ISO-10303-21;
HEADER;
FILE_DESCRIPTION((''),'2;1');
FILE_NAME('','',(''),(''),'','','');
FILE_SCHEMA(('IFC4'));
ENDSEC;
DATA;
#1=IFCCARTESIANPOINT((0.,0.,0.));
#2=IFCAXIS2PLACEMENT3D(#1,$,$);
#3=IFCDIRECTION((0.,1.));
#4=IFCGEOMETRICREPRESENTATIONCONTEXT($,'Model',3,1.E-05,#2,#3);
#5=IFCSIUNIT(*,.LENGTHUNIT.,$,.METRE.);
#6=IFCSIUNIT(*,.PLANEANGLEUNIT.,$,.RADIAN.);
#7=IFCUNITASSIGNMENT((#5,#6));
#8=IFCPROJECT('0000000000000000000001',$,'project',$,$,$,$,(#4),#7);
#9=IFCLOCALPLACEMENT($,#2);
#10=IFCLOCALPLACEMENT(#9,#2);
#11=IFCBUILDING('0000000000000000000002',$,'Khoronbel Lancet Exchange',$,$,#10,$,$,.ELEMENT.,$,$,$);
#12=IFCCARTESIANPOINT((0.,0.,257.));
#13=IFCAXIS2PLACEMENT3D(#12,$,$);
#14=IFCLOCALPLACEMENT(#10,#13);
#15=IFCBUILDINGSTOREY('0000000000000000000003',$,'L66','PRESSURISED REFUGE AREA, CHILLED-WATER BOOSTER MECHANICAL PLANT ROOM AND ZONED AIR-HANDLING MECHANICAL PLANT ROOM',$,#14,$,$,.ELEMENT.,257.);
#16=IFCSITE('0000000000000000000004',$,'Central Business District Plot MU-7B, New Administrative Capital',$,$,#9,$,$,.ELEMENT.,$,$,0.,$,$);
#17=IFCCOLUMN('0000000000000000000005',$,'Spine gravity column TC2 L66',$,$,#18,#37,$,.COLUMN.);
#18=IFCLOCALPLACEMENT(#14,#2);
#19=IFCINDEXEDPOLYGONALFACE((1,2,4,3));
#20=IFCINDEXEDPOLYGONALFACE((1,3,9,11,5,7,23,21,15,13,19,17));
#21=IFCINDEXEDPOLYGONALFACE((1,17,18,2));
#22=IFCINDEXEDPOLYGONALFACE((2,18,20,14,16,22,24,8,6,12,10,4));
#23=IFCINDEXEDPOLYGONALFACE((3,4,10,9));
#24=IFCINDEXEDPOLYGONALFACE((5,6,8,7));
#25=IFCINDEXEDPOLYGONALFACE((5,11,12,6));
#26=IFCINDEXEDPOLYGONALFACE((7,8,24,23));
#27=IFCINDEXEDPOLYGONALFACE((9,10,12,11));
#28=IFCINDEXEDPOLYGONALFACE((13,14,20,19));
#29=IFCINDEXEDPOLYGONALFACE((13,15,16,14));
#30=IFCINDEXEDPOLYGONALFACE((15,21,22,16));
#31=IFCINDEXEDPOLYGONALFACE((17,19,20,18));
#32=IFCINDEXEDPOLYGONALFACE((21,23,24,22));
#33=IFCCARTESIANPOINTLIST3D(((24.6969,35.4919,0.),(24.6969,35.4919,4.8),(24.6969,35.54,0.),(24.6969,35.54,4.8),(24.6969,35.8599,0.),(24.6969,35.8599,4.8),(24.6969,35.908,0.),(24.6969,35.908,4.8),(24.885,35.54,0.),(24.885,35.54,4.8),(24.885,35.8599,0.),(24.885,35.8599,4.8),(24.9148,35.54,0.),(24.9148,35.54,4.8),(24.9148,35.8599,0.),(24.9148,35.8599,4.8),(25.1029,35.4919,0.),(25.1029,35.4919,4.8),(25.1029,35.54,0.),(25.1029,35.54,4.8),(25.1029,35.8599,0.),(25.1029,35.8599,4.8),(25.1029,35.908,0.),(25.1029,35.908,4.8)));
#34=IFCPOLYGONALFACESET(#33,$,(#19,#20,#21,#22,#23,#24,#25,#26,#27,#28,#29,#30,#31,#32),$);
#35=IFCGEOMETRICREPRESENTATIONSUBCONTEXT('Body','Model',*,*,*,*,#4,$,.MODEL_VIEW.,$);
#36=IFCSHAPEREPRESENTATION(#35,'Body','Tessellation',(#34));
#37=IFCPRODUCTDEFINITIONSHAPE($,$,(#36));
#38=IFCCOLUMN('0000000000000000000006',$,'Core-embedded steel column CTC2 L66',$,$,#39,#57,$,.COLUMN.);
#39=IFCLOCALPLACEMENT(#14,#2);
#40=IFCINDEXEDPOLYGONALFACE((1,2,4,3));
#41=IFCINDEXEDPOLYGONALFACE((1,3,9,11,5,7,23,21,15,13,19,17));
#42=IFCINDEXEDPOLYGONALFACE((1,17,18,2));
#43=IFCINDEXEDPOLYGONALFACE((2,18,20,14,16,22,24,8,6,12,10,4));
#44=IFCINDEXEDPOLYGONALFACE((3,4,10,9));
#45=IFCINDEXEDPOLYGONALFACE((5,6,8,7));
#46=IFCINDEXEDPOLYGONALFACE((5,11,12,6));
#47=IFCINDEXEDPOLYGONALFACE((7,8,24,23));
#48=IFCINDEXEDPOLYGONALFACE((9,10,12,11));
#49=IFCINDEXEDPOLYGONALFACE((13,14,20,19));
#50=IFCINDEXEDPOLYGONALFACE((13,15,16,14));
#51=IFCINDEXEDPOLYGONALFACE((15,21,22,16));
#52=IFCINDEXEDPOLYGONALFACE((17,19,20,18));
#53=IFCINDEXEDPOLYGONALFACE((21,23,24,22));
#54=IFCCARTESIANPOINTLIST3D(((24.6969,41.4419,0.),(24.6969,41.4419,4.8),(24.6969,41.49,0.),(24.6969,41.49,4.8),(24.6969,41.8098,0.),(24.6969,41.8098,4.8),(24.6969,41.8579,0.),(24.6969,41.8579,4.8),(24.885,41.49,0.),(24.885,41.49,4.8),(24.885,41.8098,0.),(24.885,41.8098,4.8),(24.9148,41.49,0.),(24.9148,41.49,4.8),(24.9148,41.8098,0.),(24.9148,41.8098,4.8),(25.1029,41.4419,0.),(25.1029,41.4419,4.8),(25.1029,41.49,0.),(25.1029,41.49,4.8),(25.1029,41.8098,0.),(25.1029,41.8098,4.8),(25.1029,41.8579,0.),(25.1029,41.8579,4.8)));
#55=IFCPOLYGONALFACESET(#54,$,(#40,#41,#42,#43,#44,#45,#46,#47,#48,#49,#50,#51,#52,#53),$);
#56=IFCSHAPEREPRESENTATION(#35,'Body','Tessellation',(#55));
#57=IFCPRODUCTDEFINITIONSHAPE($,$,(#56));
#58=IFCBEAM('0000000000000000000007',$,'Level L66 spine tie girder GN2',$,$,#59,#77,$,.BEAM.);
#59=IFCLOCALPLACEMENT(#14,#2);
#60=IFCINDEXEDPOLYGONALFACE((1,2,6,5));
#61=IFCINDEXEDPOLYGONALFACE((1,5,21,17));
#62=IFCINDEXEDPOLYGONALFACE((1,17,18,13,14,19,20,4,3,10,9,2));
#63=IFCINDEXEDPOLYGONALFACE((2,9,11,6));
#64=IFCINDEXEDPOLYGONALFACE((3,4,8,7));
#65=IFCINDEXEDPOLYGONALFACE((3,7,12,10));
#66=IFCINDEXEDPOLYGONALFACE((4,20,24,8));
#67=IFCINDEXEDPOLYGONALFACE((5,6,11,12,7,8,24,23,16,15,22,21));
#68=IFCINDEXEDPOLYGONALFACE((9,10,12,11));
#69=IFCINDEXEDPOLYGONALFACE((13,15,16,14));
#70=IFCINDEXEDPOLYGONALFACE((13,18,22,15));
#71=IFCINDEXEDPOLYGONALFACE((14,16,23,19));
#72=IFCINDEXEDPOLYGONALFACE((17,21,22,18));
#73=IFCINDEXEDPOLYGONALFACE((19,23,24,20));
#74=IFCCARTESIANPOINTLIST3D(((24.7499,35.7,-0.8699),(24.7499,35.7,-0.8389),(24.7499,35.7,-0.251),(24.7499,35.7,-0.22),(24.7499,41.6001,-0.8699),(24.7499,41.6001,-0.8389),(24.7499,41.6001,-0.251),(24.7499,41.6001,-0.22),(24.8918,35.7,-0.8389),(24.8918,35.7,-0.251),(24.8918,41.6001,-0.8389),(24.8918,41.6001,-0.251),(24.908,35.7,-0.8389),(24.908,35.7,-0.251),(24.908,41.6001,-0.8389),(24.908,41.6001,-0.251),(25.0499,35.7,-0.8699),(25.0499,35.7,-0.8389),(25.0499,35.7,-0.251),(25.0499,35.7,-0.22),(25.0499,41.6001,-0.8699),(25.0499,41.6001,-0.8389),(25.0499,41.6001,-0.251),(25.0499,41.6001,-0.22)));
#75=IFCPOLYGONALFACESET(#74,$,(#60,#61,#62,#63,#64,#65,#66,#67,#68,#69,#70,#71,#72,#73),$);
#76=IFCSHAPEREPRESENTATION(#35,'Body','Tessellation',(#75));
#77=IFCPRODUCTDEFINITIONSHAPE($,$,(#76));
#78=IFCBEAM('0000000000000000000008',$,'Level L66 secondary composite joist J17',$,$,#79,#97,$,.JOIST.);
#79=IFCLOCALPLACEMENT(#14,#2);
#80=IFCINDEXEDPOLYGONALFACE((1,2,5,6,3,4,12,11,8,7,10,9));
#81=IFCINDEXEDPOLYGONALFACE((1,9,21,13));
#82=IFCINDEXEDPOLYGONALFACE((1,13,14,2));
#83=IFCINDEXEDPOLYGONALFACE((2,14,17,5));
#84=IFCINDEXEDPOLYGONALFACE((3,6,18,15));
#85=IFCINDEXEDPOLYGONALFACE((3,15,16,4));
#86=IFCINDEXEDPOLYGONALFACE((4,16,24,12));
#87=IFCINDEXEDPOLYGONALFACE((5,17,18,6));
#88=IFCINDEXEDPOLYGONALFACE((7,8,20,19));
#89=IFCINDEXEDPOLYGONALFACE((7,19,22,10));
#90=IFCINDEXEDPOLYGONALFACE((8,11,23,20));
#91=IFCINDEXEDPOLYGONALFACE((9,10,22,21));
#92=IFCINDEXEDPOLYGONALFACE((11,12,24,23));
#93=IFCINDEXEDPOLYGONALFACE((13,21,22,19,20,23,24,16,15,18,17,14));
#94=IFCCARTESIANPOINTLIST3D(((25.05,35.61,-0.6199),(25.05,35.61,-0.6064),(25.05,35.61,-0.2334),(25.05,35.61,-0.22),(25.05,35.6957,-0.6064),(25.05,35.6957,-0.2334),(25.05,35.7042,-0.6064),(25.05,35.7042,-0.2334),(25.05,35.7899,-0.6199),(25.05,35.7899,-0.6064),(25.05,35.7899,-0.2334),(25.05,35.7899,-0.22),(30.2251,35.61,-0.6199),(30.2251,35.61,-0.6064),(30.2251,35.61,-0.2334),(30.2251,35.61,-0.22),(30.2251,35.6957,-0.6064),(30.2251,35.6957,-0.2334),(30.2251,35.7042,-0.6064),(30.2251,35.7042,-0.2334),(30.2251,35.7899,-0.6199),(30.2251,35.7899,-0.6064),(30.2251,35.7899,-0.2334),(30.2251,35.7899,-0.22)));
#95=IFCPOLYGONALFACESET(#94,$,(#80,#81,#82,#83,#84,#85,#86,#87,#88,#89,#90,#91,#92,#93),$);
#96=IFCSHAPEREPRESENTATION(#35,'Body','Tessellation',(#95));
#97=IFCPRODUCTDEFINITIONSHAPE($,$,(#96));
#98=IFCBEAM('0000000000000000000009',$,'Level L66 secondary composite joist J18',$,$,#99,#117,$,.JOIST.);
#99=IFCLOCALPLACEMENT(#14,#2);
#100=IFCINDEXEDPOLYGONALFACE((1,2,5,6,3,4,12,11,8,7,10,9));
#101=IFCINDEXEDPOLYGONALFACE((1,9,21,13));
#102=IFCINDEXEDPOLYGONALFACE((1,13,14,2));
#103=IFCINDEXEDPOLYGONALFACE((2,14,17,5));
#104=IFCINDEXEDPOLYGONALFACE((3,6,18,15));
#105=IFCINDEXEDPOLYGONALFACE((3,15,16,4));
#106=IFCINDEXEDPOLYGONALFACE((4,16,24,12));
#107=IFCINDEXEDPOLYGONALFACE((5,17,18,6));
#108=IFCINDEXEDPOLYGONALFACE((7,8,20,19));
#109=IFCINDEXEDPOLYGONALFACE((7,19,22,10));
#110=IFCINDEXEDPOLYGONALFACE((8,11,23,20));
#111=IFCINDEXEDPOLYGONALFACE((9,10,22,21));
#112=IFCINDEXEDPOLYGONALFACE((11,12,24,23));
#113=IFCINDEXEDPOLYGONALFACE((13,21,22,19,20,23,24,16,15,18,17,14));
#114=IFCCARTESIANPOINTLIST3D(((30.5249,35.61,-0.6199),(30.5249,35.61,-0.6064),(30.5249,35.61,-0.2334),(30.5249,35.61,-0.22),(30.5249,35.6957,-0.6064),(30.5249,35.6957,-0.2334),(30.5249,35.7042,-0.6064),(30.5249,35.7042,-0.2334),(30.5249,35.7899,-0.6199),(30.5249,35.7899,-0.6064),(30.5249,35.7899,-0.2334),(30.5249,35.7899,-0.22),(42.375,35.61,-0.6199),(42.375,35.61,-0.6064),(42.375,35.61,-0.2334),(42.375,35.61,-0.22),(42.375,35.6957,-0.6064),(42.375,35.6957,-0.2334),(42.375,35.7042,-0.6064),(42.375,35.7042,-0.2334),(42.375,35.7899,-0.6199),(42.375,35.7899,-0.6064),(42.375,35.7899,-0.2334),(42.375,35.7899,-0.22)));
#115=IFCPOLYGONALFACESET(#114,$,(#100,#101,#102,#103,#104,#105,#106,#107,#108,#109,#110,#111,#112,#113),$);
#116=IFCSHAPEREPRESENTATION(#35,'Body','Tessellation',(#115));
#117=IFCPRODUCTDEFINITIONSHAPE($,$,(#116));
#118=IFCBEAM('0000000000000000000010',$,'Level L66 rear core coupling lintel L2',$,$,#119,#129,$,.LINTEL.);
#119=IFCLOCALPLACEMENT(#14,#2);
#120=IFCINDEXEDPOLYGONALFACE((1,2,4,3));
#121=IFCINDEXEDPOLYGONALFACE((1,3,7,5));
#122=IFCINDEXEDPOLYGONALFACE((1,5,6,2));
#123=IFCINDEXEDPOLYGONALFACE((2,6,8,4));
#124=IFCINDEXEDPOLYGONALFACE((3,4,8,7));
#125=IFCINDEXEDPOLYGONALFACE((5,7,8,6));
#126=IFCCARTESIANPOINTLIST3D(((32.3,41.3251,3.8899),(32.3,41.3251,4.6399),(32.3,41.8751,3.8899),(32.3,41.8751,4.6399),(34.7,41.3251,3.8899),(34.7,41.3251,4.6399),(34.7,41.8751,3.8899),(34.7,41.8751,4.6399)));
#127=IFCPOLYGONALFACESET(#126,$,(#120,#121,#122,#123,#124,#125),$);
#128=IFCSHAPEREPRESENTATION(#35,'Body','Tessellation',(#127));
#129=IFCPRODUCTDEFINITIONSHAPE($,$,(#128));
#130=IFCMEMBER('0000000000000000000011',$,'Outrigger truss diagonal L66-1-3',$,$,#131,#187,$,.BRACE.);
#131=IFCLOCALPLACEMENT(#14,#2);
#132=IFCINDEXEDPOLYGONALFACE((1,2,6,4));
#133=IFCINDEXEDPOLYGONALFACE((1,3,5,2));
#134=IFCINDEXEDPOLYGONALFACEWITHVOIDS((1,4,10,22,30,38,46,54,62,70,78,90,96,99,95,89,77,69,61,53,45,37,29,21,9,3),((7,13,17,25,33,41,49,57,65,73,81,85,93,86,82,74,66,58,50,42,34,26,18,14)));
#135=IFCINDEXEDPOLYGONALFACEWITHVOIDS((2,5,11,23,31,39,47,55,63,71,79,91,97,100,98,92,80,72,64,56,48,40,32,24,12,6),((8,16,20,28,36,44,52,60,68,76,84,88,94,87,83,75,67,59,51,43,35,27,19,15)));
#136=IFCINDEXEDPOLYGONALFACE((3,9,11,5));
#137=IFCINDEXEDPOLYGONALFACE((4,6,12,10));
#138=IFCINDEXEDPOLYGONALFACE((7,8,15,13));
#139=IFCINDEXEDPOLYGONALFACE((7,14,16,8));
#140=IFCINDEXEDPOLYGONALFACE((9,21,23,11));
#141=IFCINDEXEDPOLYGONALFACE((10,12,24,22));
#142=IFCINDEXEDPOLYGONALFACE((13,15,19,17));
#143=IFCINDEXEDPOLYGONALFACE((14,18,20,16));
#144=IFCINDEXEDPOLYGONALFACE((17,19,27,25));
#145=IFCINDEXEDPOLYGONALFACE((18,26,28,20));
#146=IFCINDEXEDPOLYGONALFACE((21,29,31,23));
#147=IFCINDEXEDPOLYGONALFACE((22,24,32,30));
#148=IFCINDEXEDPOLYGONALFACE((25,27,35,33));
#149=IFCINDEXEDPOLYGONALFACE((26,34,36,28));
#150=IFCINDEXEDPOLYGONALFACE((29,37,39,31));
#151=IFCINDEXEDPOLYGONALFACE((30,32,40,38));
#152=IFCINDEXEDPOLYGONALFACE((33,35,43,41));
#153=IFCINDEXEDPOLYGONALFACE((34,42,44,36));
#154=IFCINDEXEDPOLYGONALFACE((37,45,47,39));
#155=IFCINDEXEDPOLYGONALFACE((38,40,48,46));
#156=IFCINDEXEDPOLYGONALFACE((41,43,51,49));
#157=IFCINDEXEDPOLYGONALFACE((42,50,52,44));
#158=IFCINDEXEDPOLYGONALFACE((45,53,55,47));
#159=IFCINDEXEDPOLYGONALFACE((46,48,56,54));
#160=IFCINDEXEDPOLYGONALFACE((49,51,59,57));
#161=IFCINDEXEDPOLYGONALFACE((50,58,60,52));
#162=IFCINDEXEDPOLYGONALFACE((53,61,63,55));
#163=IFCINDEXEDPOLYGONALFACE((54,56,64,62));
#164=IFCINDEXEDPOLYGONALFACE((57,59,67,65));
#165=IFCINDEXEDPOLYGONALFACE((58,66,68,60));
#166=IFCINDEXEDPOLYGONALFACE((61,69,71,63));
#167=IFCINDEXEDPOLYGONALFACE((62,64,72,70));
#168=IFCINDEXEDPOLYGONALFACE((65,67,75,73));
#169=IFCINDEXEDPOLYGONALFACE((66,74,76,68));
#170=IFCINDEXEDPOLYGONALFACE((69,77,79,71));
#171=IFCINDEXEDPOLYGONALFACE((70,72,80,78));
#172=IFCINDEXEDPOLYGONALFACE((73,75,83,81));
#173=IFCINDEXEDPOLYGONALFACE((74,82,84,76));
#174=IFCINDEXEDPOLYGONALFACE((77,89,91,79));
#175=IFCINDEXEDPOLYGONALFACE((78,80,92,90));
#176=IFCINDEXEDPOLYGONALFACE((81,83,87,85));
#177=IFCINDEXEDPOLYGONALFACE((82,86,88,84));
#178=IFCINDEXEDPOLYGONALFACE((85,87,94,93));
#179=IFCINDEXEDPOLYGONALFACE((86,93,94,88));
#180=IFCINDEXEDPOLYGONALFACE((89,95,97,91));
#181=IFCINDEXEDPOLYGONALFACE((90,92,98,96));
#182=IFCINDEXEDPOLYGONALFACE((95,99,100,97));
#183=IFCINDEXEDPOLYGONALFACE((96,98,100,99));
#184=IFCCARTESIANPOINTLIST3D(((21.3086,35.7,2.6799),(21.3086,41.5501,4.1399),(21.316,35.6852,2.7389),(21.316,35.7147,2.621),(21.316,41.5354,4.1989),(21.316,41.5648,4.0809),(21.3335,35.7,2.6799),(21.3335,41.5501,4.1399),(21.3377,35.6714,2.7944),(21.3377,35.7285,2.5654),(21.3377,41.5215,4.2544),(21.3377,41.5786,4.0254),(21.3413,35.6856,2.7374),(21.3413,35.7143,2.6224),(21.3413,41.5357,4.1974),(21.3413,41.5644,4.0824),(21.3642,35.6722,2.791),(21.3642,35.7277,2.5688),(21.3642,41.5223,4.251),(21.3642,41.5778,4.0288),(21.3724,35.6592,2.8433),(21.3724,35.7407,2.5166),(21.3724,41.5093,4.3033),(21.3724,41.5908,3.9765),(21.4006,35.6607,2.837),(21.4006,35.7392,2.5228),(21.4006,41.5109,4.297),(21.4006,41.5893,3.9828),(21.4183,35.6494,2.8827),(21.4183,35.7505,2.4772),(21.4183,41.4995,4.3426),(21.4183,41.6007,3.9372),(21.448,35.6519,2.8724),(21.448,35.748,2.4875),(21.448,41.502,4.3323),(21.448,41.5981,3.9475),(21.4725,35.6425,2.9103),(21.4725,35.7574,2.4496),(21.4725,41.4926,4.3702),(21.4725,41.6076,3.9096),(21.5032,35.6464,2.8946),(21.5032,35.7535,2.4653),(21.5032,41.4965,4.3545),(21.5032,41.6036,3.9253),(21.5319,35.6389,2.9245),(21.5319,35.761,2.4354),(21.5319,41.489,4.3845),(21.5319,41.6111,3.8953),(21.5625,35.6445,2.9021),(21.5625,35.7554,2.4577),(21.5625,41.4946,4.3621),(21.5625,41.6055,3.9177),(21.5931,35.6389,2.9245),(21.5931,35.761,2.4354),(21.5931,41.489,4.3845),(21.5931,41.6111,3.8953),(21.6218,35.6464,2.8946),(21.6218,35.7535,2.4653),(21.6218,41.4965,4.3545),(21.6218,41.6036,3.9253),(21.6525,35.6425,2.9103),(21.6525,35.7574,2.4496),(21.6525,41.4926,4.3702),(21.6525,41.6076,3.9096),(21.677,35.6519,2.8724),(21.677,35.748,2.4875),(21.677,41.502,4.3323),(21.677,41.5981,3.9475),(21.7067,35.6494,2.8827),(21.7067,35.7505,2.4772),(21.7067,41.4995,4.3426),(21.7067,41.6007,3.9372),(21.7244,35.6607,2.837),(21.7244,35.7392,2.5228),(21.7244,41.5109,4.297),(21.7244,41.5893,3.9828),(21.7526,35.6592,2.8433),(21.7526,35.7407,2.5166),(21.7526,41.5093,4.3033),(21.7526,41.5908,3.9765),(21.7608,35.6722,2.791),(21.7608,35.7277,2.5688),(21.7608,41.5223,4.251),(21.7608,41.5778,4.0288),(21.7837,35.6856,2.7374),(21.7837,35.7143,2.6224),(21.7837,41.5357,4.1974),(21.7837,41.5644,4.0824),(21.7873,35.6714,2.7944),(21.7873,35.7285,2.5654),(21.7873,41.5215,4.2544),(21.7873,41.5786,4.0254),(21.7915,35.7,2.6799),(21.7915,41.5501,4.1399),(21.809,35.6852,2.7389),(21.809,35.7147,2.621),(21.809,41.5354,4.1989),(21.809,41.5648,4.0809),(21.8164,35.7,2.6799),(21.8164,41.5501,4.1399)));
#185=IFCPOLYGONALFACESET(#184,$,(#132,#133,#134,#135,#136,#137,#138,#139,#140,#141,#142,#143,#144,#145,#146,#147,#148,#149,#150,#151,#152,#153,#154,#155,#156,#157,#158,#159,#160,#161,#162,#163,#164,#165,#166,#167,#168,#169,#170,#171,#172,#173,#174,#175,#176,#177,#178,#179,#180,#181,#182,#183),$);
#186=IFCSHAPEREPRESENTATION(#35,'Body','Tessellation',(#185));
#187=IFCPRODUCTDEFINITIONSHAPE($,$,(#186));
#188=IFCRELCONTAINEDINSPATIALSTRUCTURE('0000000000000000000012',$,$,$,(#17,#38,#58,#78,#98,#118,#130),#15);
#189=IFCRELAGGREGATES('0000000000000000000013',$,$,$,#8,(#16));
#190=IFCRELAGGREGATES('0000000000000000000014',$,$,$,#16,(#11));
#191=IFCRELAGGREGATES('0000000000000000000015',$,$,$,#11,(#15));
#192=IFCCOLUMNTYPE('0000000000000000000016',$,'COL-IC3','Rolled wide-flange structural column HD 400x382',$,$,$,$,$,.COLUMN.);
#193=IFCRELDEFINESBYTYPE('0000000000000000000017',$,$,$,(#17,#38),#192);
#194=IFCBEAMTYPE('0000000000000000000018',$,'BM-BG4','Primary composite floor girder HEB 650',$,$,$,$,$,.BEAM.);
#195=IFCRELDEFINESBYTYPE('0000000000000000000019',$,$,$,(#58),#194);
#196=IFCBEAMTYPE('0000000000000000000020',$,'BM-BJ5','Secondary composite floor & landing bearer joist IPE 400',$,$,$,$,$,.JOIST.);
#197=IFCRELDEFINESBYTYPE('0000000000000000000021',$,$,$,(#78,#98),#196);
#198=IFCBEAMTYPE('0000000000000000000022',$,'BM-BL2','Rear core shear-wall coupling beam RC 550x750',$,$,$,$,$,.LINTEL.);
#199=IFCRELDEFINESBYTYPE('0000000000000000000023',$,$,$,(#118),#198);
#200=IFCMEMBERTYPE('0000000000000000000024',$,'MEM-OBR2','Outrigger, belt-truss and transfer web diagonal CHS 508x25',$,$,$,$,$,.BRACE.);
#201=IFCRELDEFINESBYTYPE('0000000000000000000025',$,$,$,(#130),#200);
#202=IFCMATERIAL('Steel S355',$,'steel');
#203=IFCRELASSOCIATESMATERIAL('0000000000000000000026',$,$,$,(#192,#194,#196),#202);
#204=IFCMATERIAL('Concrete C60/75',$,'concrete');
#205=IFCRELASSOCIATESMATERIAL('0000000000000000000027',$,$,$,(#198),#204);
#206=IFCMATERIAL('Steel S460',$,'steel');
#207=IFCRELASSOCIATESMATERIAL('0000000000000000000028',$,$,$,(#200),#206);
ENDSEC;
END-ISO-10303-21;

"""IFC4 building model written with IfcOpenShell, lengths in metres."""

from ifc_helpers import new_model, si_unit, direction, frame, origin, origin_2d, place, context, subcontext, project, spatial, rectangle, hollow_circle, i_section, extrude, material, material_profile, profile_set, type_object, element, save


model = new_model("IFC4")

# Units and contexts
model_context = context("Model", 3, precision=1e-05, world=origin(), true_north=direction((0.0, 1.0)))
body_context = subcontext(model_context, "Body", "Model", "MODEL_VIEW")
ifc_project = project(units=[si_unit("LENGTHUNIT", "METRE"), si_unit("PLANEANGLEUNIT", "RADIAN")], contexts=[model_context])

# Site, building, storey
site_placement = place(None, origin())
site = spatial("IfcSite", under=ifc_project, at=site_placement, Name="Central Business District Plot MU-7B, New Administrative Capital", CompositionType="ELEMENT", RefElevation=0.0)
building_placement = place(site_placement, origin())
building = spatial("IfcBuilding", under=site, at=building_placement, Name="Khoronbel Lancet Exchange", CompositionType="ELEMENT")
storey_placement = place(building_placement, frame((0.0, 0.0, 257.0)))
storey = spatial("IfcBuildingStorey", under=building, at=storey_placement, Name="L66", Description="PRESSURISED REFUGE AREA, CHILLED-WATER BOOSTER MECHANICAL PLANT ROOM AND ZONED AIR-HANDLING MECHANICAL PLANT ROOM", CompositionType="ELEMENT", Elevation=257.0)

# Columns
ifc_material_1 = material(Name="Steel S355", Category="steel")
ifc_material_profile_1 = material_profile(ifc_material_1, i_section(OverallWidth=0.406, OverallDepth=0.416, WebThickness=0.0298, FlangeThickness=0.0481, at=origin_2d()), Name="HD 400x382")
ifc_profile_set_1 = profile_set([ifc_material_profile_1], Name="Steel S355")
column_type = type_object("IfcColumnType", Name="COL-IC3", Description="Rolled wide-flange structural column HD 400x382", PredefinedType="COLUMN", material=ifc_profile_set_1)
for number, where, z_axis, x_axis, name in (
    (1, (24.8999, 35.7, 0.0), (0.0, 0.0, 1.0), (1.0, 0.0, 0.0), "Spine gravity column TC2 L66"),
    (2, (24.8999, 41.6499, 0.0), (0.0, 0.0, 1.0), (1.0, 0.0, 0.0), "Core-embedded steel column CTC2 L66"),
):
    element("IfcColumn", number, at=place(storey_placement, frame(where, z_axis=z_axis, x_axis=x_axis)), inside=storey, type_object=column_type, Name=name, PredefinedType="COLUMN", context=body_context, shape_type="SweptSolid", body=[
        extrude(i_section(OverallWidth=0.406, OverallDepth=0.416, WebThickness=0.0298, FlangeThickness=0.0481, at=origin_2d()), origin(), (0.0, 0.0, 1.0), 4.8),
    ])

# Beams
ifc_material_profile_2 = material_profile(ifc_material_1, i_section(OverallWidth=0.3, OverallDepth=0.6499, WebThickness=0.0161, FlangeThickness=0.031, at=origin_2d()), Name="HEB 650")
ifc_profile_set_2 = profile_set([ifc_material_profile_2], Name="Steel S355")
beam_type_1 = type_object("IfcBeamType", Name="BM-BG4", Description="Primary composite floor girder HEB 650", PredefinedType="BEAM", material=ifc_profile_set_2)
beam_1_placement = place(storey_placement, frame((24.8999, 35.7, -0.5449), z_axis=(0.0, 1.0, 0.0), x_axis=(-1.0, 0.0, 0.0)))
element("IfcBeam", 3, at=beam_1_placement, inside=storey, type_object=beam_type_1, Name="Level L66 spine tie girder GN2", PredefinedType="BEAM", context=body_context, shape_type="SweptSolid", body=[
    extrude(i_section(OverallWidth=0.3, OverallDepth=0.6499, WebThickness=0.0161, FlangeThickness=0.031, at=origin_2d()), origin(), (0.0, 0.0, 1.0), 5.9001),
])
ifc_material_profile_3 = material_profile(ifc_material_1, i_section(OverallWidth=0.1799, OverallDepth=0.3999, WebThickness=0.0085, FlangeThickness=0.0134, at=origin_2d()), Name="IPE 400")
ifc_profile_set_3 = profile_set([ifc_material_profile_3], Name="Steel S355")
beam_type_2 = type_object("IfcBeamType", Name="BM-BJ5", Description="Secondary composite floor & landing bearer joist IPE 400", PredefinedType="JOIST", material=ifc_profile_set_3)
beam_2_placement = place(storey_placement, frame((25.05, 35.7, -0.4199), z_axis=(1.0, 0.0, 0.0), x_axis=(0.0, 1.0, 0.0)))
element("IfcBeam", 4, at=beam_2_placement, inside=storey, type_object=beam_type_2, Name="Level L66 secondary composite joist J17", PredefinedType="JOIST", context=body_context, shape_type="SweptSolid", body=[
    extrude(i_section(OverallWidth=0.1799, OverallDepth=0.3999, WebThickness=0.0085, FlangeThickness=0.0134, at=origin_2d()), origin(), (0.0, 0.0, 1.0), 5.175),
])
beam_3_placement = place(storey_placement, frame((30.5249, 35.7, -0.4199), z_axis=(1.0, 0.0, 0.0), x_axis=(0.0, 1.0, 0.0)))
element("IfcBeam", 5, at=beam_3_placement, inside=storey, type_object=beam_type_2, Name="Level L66 secondary composite joist J18", PredefinedType="JOIST", context=body_context, shape_type="SweptSolid", body=[
    extrude(i_section(OverallWidth=0.1799, OverallDepth=0.3999, WebThickness=0.0085, FlangeThickness=0.0134, at=origin_2d()), origin(), (0.0, 0.0, 1.0), 11.8501),
])
ifc_material_2 = material(Name="Concrete C60/75", Category="concrete")
ifc_material_profile_4 = material_profile(ifc_material_2, rectangle(XDim=0.55, YDim=0.75, at=origin_2d()), Name="RC 550x750")
ifc_profile_set_4 = profile_set([ifc_material_profile_4], Name="Concrete C60/75")
beam_type_3 = type_object("IfcBeamType", Name="BM-BL2", Description="Rear core shear-wall coupling beam RC 550x750", PredefinedType="LINTEL", material=ifc_profile_set_4)
beam_4_placement = place(storey_placement, frame((32.3, 41.6001, 4.2649), z_axis=(1.0, 0.0, 0.0), x_axis=(0.0, 1.0, 0.0)))
element("IfcBeam", 6, at=beam_4_placement, inside=storey, type_object=beam_type_3, Name="Level L66 rear core coupling lintel L2", PredefinedType="LINTEL", context=body_context, shape_type="SweptSolid", body=[
    extrude(rectangle(XDim=0.55, YDim=0.75, at=origin_2d()), origin(), (0.0, 0.0, 1.0), 2.3999),
])

# Member
ifc_material_3 = material(Name="Steel S460", Category="steel")
ifc_material_profile_5 = material_profile(ifc_material_3, hollow_circle(Radius=0.2539, WallThickness=0.0249, at=origin_2d()), Name="CHS 508x25")
ifc_profile_set_5 = profile_set([ifc_material_profile_5], Name="Steel S460")
member_type_1 = type_object("IfcMemberType", Name="MEM-OBR2", Description="Outrigger, belt-truss and transfer web diagonal CHS 508x25", PredefinedType="BRACE", material=ifc_profile_set_5)
for number, where, z_axis, x_axis, name in (
    (7, (21.5625, 35.7, 2.6799), (0.0, 0.970242, 0.242135), (-1.0, 0.0, 0.0), "Outrigger truss diagonal L66-1-3"),
):
    element("IfcMember", number, at=place(storey_placement, frame(where, z_axis=z_axis, x_axis=x_axis)), inside=storey, type_object=member_type_1, Name=name, PredefinedType="BRACE", context=body_context, shape_type="SweptSolid", body=[
        extrude(hollow_circle(Radius=0.2539, WallThickness=0.0249, at=origin_2d()), origin(), (0.0, 0.0, 1.0), 6.0295),
    ])

save(model, "model.ifc")
